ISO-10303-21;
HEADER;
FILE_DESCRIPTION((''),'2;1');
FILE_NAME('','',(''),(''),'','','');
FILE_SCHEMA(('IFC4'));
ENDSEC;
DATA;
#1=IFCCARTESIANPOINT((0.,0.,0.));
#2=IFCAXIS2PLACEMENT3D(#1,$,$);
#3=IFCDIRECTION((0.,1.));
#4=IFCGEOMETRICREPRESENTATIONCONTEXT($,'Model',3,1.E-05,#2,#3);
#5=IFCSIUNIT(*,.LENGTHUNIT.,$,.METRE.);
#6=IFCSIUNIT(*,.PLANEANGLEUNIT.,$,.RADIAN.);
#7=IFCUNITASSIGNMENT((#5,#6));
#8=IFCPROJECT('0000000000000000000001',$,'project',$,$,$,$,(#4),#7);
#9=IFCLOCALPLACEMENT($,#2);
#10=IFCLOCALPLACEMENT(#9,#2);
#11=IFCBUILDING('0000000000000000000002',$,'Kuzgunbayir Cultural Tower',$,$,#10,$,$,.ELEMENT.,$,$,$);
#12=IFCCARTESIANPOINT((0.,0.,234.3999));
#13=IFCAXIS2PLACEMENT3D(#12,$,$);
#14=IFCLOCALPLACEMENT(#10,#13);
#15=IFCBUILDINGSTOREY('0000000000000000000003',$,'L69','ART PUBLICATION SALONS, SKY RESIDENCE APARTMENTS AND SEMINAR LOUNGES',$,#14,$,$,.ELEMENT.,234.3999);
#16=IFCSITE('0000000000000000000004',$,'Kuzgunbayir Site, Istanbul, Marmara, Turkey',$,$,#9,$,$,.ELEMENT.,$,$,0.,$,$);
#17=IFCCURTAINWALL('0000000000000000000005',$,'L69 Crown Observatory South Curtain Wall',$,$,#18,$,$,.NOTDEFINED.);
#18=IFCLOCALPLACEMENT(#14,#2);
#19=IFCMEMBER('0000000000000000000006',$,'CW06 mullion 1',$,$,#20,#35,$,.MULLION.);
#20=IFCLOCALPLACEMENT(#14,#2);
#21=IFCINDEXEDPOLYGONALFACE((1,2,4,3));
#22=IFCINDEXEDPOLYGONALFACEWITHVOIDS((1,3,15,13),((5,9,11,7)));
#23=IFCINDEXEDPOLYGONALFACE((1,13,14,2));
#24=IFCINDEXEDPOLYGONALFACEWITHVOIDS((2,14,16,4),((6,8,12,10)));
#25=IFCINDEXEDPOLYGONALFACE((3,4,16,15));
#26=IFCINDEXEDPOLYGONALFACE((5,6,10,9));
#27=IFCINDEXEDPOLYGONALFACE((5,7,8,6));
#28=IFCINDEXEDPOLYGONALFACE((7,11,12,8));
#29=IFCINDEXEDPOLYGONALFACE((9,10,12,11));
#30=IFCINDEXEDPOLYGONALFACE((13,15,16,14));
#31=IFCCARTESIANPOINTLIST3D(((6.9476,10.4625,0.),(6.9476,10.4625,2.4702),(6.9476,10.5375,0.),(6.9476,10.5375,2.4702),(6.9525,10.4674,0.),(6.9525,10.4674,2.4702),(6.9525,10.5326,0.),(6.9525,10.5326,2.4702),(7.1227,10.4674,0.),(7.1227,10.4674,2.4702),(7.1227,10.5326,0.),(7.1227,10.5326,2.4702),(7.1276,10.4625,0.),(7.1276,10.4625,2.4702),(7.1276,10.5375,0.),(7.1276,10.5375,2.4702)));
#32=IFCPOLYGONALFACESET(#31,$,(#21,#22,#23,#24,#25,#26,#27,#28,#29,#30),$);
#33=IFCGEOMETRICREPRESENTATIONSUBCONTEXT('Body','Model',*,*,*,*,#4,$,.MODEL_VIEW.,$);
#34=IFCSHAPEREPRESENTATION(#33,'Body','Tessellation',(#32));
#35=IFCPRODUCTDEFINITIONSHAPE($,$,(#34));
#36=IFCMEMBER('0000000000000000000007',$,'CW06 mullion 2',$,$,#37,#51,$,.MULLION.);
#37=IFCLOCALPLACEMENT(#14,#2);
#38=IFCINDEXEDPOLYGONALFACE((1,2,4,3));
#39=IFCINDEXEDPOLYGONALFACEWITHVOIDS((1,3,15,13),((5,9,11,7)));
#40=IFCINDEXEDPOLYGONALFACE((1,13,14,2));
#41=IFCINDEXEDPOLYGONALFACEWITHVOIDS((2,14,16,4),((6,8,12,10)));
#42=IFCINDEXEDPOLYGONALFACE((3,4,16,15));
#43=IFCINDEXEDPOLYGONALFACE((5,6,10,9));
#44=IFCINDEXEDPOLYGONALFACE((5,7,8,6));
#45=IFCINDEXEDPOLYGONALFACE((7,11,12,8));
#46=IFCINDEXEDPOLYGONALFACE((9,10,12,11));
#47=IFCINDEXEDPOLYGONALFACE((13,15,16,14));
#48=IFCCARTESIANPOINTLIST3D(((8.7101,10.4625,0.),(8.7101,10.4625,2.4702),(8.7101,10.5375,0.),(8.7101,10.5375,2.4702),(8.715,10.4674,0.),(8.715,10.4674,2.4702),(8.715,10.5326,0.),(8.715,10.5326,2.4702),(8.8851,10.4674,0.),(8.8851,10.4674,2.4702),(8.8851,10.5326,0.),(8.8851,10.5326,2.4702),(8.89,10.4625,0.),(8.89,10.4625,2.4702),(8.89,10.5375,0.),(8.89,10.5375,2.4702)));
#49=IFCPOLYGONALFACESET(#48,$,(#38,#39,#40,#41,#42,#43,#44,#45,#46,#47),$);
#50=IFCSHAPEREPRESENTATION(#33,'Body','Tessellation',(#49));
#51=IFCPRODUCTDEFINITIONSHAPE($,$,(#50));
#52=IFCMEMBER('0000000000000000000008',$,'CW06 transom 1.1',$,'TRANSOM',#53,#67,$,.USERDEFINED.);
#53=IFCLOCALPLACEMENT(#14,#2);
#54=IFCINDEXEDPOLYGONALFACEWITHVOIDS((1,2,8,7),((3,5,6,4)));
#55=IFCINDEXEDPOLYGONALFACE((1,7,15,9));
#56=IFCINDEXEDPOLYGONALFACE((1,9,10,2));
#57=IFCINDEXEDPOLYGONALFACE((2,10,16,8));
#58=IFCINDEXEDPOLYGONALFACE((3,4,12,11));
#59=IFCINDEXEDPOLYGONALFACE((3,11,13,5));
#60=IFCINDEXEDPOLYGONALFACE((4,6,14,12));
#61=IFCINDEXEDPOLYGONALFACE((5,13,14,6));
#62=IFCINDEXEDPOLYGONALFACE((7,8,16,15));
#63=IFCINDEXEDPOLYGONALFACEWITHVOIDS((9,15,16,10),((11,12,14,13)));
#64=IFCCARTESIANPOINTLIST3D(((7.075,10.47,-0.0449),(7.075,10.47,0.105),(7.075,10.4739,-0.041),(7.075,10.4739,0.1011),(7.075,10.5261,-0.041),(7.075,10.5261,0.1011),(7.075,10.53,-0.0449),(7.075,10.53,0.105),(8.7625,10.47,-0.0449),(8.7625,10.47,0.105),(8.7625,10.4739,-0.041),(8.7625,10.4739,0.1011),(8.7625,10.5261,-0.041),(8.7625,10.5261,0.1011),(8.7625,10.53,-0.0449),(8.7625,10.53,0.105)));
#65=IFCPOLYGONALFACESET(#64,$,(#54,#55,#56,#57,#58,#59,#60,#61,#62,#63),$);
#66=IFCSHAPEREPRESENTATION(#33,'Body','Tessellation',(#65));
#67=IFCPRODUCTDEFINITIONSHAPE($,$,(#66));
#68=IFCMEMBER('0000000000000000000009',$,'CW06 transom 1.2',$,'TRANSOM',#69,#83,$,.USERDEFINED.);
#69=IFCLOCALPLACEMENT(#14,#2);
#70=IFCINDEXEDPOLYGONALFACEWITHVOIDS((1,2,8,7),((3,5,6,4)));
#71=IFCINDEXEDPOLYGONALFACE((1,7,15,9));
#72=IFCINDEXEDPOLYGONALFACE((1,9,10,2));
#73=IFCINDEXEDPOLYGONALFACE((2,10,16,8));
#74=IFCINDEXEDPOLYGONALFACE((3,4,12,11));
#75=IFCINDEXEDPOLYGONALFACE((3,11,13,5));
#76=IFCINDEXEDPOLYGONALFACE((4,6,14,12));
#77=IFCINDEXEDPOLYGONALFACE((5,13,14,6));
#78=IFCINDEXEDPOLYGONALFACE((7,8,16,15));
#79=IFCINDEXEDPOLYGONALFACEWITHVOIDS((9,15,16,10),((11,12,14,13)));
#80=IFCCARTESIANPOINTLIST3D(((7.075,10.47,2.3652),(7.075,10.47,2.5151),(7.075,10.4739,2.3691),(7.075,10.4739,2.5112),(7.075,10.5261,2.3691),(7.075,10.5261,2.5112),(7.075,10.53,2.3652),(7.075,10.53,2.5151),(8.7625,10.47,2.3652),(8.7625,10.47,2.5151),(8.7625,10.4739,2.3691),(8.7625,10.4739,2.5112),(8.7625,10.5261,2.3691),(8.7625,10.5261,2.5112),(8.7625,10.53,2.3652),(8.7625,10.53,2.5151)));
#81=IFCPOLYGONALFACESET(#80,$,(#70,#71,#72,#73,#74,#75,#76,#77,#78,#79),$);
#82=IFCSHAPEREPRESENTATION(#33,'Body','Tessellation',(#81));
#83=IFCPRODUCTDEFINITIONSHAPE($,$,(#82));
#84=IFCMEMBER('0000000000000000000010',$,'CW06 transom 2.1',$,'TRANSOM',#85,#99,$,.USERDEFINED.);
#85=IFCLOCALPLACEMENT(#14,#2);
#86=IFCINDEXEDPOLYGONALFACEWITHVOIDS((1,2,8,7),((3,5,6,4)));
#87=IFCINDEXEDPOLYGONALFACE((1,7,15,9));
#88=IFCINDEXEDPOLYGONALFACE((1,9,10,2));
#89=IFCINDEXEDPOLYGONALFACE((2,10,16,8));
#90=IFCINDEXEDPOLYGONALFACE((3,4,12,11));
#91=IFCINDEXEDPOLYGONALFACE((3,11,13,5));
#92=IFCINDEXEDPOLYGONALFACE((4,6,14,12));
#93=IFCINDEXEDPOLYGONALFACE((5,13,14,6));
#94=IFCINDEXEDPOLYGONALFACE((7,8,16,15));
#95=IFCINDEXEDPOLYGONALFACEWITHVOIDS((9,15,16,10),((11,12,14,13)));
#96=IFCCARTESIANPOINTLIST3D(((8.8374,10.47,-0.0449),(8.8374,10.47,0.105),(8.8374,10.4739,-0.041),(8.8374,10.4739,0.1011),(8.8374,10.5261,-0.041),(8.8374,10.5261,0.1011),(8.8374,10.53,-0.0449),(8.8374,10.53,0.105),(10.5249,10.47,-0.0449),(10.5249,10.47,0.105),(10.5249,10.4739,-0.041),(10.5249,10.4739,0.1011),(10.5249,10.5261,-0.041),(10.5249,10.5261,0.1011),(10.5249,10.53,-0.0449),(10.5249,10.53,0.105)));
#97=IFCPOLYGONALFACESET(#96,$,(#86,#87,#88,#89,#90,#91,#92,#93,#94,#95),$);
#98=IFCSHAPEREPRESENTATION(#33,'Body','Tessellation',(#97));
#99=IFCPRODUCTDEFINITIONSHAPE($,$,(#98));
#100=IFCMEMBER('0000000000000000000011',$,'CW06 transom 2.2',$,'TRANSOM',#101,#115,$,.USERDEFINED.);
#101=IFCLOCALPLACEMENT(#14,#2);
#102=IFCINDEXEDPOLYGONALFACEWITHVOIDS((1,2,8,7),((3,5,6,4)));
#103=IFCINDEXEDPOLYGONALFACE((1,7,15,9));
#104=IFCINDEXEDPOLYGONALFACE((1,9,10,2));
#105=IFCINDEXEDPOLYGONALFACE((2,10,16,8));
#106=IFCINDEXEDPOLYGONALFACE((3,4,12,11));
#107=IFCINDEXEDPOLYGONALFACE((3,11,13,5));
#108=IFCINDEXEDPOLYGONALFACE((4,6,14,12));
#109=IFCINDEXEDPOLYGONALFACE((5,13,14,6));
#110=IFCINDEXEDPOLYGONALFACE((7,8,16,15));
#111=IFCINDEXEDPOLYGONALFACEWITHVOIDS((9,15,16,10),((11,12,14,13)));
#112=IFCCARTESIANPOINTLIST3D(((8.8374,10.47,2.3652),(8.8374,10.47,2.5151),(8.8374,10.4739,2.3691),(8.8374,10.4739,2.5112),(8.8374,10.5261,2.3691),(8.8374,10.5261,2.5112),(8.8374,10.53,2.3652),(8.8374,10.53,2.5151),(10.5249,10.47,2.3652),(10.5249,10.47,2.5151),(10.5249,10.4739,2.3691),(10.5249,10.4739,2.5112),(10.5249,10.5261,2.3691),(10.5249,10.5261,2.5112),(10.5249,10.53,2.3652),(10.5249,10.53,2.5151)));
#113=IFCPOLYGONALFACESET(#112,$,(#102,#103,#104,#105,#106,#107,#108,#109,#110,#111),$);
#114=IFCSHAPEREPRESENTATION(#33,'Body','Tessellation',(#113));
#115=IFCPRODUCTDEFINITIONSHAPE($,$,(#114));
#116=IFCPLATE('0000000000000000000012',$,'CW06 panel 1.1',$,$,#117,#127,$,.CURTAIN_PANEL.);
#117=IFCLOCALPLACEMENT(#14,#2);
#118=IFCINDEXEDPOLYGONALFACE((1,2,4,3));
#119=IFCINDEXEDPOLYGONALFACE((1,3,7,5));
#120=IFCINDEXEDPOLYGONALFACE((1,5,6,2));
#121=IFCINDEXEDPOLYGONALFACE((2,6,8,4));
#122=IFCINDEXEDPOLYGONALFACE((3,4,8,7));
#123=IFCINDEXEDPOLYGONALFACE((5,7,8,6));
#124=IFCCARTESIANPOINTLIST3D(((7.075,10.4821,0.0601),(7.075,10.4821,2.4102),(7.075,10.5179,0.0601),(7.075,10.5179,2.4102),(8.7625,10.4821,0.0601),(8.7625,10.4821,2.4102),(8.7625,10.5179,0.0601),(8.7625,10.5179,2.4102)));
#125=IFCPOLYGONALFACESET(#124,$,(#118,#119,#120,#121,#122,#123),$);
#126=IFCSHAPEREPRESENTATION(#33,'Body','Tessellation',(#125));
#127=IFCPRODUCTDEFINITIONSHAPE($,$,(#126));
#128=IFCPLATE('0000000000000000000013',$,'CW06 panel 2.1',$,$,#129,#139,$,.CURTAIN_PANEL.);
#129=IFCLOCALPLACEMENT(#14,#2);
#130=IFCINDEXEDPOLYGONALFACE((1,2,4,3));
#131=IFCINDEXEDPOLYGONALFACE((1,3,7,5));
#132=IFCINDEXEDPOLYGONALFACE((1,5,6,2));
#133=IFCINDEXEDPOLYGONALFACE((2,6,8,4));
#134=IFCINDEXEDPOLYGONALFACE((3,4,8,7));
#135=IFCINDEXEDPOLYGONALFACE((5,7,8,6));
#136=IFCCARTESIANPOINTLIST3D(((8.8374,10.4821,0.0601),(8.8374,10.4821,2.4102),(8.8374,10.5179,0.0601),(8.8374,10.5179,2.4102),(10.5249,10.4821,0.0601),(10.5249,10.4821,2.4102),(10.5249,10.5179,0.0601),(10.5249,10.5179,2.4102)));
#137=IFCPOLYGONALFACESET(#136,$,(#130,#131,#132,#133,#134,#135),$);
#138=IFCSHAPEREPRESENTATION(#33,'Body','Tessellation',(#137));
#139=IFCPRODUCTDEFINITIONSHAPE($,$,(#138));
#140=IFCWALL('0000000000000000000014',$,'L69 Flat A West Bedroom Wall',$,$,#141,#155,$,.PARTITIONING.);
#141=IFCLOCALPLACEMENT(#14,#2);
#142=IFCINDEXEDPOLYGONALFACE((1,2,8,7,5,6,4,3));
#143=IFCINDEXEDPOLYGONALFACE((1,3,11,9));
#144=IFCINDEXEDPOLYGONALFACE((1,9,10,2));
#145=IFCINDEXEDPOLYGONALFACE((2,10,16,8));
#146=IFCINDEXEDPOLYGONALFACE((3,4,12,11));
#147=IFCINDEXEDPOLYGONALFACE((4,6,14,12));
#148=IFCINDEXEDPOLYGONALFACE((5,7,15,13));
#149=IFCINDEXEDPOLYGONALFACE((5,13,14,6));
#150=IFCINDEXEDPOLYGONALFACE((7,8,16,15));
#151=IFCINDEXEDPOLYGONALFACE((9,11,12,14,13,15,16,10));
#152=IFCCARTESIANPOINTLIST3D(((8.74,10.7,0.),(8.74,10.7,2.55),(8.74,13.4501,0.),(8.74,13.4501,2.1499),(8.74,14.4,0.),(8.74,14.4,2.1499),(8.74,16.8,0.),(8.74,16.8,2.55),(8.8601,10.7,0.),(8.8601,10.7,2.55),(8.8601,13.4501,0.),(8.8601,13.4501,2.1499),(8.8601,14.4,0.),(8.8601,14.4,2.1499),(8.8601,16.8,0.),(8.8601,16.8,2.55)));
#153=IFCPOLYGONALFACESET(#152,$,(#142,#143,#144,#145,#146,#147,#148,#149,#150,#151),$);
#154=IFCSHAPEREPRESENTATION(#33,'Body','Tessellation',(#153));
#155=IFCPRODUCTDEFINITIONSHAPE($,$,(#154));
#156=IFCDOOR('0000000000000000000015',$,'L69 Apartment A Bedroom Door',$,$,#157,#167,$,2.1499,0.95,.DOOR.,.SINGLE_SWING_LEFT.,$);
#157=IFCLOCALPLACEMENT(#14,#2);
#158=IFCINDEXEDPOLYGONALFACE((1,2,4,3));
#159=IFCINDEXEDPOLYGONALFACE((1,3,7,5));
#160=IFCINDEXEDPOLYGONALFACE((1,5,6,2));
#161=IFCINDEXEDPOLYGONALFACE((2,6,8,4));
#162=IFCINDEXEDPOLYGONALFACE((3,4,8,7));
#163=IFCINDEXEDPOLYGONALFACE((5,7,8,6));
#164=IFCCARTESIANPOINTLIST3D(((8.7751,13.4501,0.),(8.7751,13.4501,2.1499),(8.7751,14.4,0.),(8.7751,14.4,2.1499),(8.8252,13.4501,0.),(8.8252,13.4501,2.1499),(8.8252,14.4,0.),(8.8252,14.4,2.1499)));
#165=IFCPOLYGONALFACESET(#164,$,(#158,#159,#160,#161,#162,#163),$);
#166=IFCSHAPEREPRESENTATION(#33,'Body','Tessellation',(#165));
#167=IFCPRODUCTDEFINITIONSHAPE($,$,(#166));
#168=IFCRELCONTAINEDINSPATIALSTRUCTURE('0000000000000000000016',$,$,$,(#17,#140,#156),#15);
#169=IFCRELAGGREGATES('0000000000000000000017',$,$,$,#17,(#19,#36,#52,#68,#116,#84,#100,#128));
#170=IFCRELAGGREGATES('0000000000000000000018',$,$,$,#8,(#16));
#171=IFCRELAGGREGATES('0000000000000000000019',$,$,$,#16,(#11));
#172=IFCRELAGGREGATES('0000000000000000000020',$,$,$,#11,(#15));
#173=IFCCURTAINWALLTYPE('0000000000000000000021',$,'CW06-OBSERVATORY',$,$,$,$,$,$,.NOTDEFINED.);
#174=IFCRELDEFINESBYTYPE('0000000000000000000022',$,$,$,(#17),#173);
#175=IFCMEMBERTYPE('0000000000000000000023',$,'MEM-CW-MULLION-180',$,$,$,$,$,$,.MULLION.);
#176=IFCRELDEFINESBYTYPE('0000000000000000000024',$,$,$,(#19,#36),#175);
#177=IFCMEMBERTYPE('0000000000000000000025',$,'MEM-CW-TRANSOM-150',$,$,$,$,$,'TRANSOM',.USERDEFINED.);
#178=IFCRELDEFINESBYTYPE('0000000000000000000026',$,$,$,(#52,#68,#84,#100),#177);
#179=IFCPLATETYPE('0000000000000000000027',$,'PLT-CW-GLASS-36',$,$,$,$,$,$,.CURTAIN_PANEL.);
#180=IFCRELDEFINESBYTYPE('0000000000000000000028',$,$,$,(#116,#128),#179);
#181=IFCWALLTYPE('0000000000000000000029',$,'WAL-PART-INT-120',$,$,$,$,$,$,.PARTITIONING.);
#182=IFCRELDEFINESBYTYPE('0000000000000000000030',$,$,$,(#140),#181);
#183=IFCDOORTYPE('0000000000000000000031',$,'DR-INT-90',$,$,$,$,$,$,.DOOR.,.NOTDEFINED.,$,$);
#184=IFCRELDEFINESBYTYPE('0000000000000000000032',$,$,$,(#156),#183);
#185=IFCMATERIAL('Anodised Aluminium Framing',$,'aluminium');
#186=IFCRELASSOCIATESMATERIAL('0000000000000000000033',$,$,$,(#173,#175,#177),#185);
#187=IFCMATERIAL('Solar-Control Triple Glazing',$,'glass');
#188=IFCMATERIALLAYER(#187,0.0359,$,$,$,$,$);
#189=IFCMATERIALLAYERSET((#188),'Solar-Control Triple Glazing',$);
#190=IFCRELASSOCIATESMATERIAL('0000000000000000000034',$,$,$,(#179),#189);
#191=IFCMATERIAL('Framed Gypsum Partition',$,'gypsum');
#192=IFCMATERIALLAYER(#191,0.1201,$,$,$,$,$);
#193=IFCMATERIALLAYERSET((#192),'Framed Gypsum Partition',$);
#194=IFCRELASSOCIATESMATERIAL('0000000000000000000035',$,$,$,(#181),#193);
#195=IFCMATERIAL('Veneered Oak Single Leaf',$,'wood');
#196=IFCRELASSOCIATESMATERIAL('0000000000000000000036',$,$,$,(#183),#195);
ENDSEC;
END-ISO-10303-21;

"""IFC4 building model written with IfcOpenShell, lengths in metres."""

from ifc_helpers import new_model, si_unit, direction, frame, frame_2d, origin, origin_2d, place, context, subcontext, project, spatial, rectangle, hollow_rectangle, extrude, material, layer, layer_set, material_profile, profile_set, type_object, element, fill, aggregate, save


model = new_model("IFC4")

# Units and contexts
model_context = context("Model", 3, precision=1e-05, world=origin(), true_north=direction((0.0, 1.0)))
body_context = subcontext(model_context, "Body", "Model", "MODEL_VIEW")
ifc_project = project(units=[si_unit("LENGTHUNIT", "METRE"), si_unit("PLANEANGLEUNIT", "RADIAN")], contexts=[model_context])

# Site, building, storey
site_placement = place(None, origin())
site = spatial("IfcSite", under=ifc_project, at=site_placement, Name="Kuzgunbayir Site, Istanbul, Marmara, Turkey", CompositionType="ELEMENT", RefElevation=0.0)
building_placement = place(site_placement, origin())
building = spatial("IfcBuilding", under=site, at=building_placement, Name="Kuzgunbayir Cultural Tower", CompositionType="ELEMENT")
storey_placement = place(building_placement, frame((0.0, 0.0, 234.3999)))
storey = spatial("IfcBuildingStorey", under=building, at=storey_placement, Name="L69", Description="ART PUBLICATION SALONS, SKY RESIDENCE APARTMENTS AND SEMINAR LOUNGES", CompositionType="ELEMENT", Elevation=234.3999)

# Curtain wall, members, plates
ifc_material_1 = material(Name="Anodised Aluminium Framing", Category="aluminium")
curtain_wall_type = type_object("IfcCurtainWallType", Name="CW06-OBSERVATORY", PredefinedType="NOTDEFINED", material=ifc_material_1)
curtain_wall_placement = place(storey_placement, origin())
curtain_wall = element("IfcCurtainWall", 1, at=curtain_wall_placement, inside=storey, type_object=curtain_wall_type, Name="L69 Crown Observatory South Curtain Wall", PredefinedType="NOTDEFINED")
ifc_material_profile_1 = material_profile(ifc_material_1, hollow_rectangle(XDim=0.075, YDim=0.1799, WallThickness=0.0049, at=origin_2d()), Name="RHS 180x75x5")
ifc_profile_set_1 = profile_set([ifc_material_profile_1], Name="Anodised Aluminium Framing")
member_type_1 = type_object("IfcMemberType", Name="MEM-CW-MULLION-180", PredefinedType="MULLION", material=ifc_profile_set_1)
member_1_placement = place(storey_placement, frame((7.0376, 10.5, 0.0), z_axis=(0.0, 0.0, 1.0), x_axis=(0.0, 1.0, 0.0)))
member_1 = element("IfcMember", 2, at=member_1_placement, type_object=member_type_1, Name="CW06 mullion 1", PredefinedType="MULLION", context=body_context, shape_type="SweptSolid", body=[
    extrude(hollow_rectangle(XDim=0.075, YDim=0.1799, WallThickness=0.0049, at=origin_2d()), origin(), (0.0, 0.0, 1.0), 2.4702),
])
member_2_placement = place(storey_placement, frame((8.8, 10.5, 0.0), z_axis=(0.0, 0.0, 1.0), x_axis=(0.0, 1.0, 0.0)))
member_2 = element("IfcMember", 3, at=member_2_placement, type_object=member_type_1, Name="CW06 mullion 2", PredefinedType="MULLION", context=body_context, shape_type="SweptSolid", body=[
    extrude(hollow_rectangle(XDim=0.075, YDim=0.1799, WallThickness=0.0049, at=origin_2d()), origin(), (0.0, 0.0, 1.0), 2.4702),
])
ifc_material_profile_2 = material_profile(ifc_material_1, hollow_rectangle(XDim=0.0601, YDim=0.1499, WallThickness=0.0039, at=origin_2d()), Name="RHS 150x60x4")
ifc_profile_set_2 = profile_set([ifc_material_profile_2], Name="Anodised Aluminium Framing")
member_type_2 = type_object("IfcMemberType", Name="MEM-CW-TRANSOM-150", ElementType="TRANSOM", PredefinedType="USERDEFINED", material=ifc_profile_set_2)
member_3_placement = place(storey_placement, frame((7.075, 10.5, 0.03), z_axis=(1.0, 0.0, 0.0), x_axis=(0.0, 1.0, 0.0)))
member_3 = element("IfcMember", 4, at=member_3_placement, type_object=member_type_2, Name="CW06 transom 1.1", ObjectType="TRANSOM", PredefinedType="USERDEFINED", context=body_context, shape_type="SweptSolid", body=[
    extrude(hollow_rectangle(XDim=0.0601, YDim=0.1499, WallThickness=0.0039, at=origin_2d()), origin(), (0.0, 0.0, 1.0), 1.6875),
])
member_4_placement = place(storey_placement, frame((7.075, 10.5, 2.4402), z_axis=(1.0, 0.0, 0.0), x_axis=(0.0, 1.0, 0.0)))
member_4 = element("IfcMember", 5, at=member_4_placement, type_object=member_type_2, Name="CW06 transom 1.2", ObjectType="TRANSOM", PredefinedType="USERDEFINED", context=body_context, shape_type="SweptSolid", body=[
    extrude(hollow_rectangle(XDim=0.0601, YDim=0.1499, WallThickness=0.0039, at=origin_2d()), origin(), (0.0, 0.0, 1.0), 1.6875),
])
member_5_placement = place(storey_placement, frame((8.8374, 10.5, 0.03), z_axis=(1.0, 0.0, 0.0), x_axis=(0.0, 1.0, 0.0)))
member_5 = element("IfcMember", 6, at=member_5_placement, type_object=member_type_2, Name="CW06 transom 2.1", ObjectType="TRANSOM", PredefinedType="USERDEFINED", context=body_context, shape_type="SweptSolid", body=[
    extrude(hollow_rectangle(XDim=0.0601, YDim=0.1499, WallThickness=0.0039, at=origin_2d()), origin(), (0.0, 0.0, 1.0), 1.6875),
])
member_6_placement = place(storey_placement, frame((8.8374, 10.5, 2.4402), z_axis=(1.0, 0.0, 0.0), x_axis=(0.0, 1.0, 0.0)))
member_6 = element("IfcMember", 7, at=member_6_placement, type_object=member_type_2, Name="CW06 transom 2.2", ObjectType="TRANSOM", PredefinedType="USERDEFINED", context=body_context, shape_type="SweptSolid", body=[
    extrude(hollow_rectangle(XDim=0.0601, YDim=0.1499, WallThickness=0.0039, at=origin_2d()), origin(), (0.0, 0.0, 1.0), 1.6875),
])
ifc_material_2 = material(Name="Solar-Control Triple Glazing", Category="glass")
ifc_layer_1 = layer(ifc_material_2, 0.0359)
ifc_layer_set_1 = layer_set([ifc_layer_1], Name="Solar-Control Triple Glazing")
plate_type = type_object("IfcPlateType", Name="PLT-CW-GLASS-36", PredefinedType="CURTAIN_PANEL", material=ifc_layer_set_1)
plate_1_placement = place(storey_placement, frame((7.9187, 10.5, 0.0601), z_axis=(0.0, 0.0, 1.0), x_axis=(1.0, 0.0, 0.0)))
plate_1 = element("IfcPlate", 8, at=plate_1_placement, type_object=plate_type, Name="CW06 panel 1.1", PredefinedType="CURTAIN_PANEL", context=body_context, shape_type="SweptSolid", body=[
    extrude(rectangle(XDim=1.6875, YDim=0.0359, at=origin_2d()), origin(), (0.0, 0.0, 1.0), 2.3501),
])
plate_2_placement = place(storey_placement, frame((9.6812, 10.5, 0.0601), z_axis=(0.0, 0.0, 1.0), x_axis=(1.0, 0.0, 0.0)))
plate_2 = element("IfcPlate", 9, at=plate_2_placement, type_object=plate_type, Name="CW06 panel 2.1", PredefinedType="CURTAIN_PANEL", context=body_context, shape_type="SweptSolid", body=[
    extrude(rectangle(XDim=1.6875, YDim=0.0359, at=origin_2d()), origin(), (0.0, 0.0, 1.0), 2.3501),
])
aggregate(curtain_wall, [member_1, member_2, member_3, member_4, plate_1, member_5, member_6, plate_2])

# Wall, opening, door
ifc_material_3 = material(Name="Framed Gypsum Partition", Category="gypsum")
ifc_layer_2 = layer(ifc_material_3, 0.1201)
ifc_layer_set_2 = layer_set([ifc_layer_2], Name="Framed Gypsum Partition")
wall_type = type_object("IfcWallType", Name="WAL-PART-INT-120", PredefinedType="PARTITIONING", material=ifc_layer_set_2)
wall_placement = place(storey_placement, frame((8.8, 10.7, 0.0), z_axis=(0.0, 0.0, 1.0), x_axis=(0.0, 1.0, 0.0)))
wall = element("IfcWall", 10, at=wall_placement, inside=storey, type_object=wall_type, Name="L69 Flat A West Bedroom Wall", PredefinedType="PARTITIONING", context=body_context, shape_type="SweptSolid", body=[
    extrude(rectangle(XDim=6.1001, YDim=0.1201, at=frame_2d((3.05, 0.0))), origin(), (0.0, 0.0, 1.0), 2.55),
])
opening_placement = place(wall_placement, frame((2.75, 0.0, 0.0)))
opening = element("IfcOpeningElement", 11, at=opening_placement, cuts=wall, PredefinedType="OPENING", context=body_context, shape_type="SweptSolid", body=[
    extrude(rectangle(XDim=0.95, YDim=2.1499, at=frame_2d((0.4751, 1.075))), frame((0.0, 0.0701, 0.0), z_axis=(0.0, -1.0, 0.0), x_axis=(1.0, 0.0, 0.0)), (0.0, 0.0, 1.0), 0.1401),
])
ifc_material_4 = material(Name="Veneered Oak Single Leaf", Category="wood")
door_type = type_object("IfcDoorType", Name="DR-INT-90", OperationType="NOTDEFINED", PredefinedType="DOOR", material=ifc_material_4)
door_placement = place(opening_placement, origin())
door = element("IfcDoor", 12, at=door_placement, inside=storey, type_object=door_type, Name="L69 Apartment A Bedroom Door", OperationType="SINGLE_SWING_LEFT", OverallHeight=2.1499, OverallWidth=0.95, PredefinedType="DOOR", context=body_context, shape_type="SweptSolid", body=[
    extrude(rectangle(XDim=0.95, YDim=2.1499, at=frame_2d((0.4751, 1.075))), frame((0.0, 0.0249, 0.0), z_axis=(0.0, -1.0, 0.0), x_axis=(1.0, 0.0, 0.0)), (0.0, 0.0, 1.0), 0.05),
])
fill(opening, door)

save(model, "model.ifc")
